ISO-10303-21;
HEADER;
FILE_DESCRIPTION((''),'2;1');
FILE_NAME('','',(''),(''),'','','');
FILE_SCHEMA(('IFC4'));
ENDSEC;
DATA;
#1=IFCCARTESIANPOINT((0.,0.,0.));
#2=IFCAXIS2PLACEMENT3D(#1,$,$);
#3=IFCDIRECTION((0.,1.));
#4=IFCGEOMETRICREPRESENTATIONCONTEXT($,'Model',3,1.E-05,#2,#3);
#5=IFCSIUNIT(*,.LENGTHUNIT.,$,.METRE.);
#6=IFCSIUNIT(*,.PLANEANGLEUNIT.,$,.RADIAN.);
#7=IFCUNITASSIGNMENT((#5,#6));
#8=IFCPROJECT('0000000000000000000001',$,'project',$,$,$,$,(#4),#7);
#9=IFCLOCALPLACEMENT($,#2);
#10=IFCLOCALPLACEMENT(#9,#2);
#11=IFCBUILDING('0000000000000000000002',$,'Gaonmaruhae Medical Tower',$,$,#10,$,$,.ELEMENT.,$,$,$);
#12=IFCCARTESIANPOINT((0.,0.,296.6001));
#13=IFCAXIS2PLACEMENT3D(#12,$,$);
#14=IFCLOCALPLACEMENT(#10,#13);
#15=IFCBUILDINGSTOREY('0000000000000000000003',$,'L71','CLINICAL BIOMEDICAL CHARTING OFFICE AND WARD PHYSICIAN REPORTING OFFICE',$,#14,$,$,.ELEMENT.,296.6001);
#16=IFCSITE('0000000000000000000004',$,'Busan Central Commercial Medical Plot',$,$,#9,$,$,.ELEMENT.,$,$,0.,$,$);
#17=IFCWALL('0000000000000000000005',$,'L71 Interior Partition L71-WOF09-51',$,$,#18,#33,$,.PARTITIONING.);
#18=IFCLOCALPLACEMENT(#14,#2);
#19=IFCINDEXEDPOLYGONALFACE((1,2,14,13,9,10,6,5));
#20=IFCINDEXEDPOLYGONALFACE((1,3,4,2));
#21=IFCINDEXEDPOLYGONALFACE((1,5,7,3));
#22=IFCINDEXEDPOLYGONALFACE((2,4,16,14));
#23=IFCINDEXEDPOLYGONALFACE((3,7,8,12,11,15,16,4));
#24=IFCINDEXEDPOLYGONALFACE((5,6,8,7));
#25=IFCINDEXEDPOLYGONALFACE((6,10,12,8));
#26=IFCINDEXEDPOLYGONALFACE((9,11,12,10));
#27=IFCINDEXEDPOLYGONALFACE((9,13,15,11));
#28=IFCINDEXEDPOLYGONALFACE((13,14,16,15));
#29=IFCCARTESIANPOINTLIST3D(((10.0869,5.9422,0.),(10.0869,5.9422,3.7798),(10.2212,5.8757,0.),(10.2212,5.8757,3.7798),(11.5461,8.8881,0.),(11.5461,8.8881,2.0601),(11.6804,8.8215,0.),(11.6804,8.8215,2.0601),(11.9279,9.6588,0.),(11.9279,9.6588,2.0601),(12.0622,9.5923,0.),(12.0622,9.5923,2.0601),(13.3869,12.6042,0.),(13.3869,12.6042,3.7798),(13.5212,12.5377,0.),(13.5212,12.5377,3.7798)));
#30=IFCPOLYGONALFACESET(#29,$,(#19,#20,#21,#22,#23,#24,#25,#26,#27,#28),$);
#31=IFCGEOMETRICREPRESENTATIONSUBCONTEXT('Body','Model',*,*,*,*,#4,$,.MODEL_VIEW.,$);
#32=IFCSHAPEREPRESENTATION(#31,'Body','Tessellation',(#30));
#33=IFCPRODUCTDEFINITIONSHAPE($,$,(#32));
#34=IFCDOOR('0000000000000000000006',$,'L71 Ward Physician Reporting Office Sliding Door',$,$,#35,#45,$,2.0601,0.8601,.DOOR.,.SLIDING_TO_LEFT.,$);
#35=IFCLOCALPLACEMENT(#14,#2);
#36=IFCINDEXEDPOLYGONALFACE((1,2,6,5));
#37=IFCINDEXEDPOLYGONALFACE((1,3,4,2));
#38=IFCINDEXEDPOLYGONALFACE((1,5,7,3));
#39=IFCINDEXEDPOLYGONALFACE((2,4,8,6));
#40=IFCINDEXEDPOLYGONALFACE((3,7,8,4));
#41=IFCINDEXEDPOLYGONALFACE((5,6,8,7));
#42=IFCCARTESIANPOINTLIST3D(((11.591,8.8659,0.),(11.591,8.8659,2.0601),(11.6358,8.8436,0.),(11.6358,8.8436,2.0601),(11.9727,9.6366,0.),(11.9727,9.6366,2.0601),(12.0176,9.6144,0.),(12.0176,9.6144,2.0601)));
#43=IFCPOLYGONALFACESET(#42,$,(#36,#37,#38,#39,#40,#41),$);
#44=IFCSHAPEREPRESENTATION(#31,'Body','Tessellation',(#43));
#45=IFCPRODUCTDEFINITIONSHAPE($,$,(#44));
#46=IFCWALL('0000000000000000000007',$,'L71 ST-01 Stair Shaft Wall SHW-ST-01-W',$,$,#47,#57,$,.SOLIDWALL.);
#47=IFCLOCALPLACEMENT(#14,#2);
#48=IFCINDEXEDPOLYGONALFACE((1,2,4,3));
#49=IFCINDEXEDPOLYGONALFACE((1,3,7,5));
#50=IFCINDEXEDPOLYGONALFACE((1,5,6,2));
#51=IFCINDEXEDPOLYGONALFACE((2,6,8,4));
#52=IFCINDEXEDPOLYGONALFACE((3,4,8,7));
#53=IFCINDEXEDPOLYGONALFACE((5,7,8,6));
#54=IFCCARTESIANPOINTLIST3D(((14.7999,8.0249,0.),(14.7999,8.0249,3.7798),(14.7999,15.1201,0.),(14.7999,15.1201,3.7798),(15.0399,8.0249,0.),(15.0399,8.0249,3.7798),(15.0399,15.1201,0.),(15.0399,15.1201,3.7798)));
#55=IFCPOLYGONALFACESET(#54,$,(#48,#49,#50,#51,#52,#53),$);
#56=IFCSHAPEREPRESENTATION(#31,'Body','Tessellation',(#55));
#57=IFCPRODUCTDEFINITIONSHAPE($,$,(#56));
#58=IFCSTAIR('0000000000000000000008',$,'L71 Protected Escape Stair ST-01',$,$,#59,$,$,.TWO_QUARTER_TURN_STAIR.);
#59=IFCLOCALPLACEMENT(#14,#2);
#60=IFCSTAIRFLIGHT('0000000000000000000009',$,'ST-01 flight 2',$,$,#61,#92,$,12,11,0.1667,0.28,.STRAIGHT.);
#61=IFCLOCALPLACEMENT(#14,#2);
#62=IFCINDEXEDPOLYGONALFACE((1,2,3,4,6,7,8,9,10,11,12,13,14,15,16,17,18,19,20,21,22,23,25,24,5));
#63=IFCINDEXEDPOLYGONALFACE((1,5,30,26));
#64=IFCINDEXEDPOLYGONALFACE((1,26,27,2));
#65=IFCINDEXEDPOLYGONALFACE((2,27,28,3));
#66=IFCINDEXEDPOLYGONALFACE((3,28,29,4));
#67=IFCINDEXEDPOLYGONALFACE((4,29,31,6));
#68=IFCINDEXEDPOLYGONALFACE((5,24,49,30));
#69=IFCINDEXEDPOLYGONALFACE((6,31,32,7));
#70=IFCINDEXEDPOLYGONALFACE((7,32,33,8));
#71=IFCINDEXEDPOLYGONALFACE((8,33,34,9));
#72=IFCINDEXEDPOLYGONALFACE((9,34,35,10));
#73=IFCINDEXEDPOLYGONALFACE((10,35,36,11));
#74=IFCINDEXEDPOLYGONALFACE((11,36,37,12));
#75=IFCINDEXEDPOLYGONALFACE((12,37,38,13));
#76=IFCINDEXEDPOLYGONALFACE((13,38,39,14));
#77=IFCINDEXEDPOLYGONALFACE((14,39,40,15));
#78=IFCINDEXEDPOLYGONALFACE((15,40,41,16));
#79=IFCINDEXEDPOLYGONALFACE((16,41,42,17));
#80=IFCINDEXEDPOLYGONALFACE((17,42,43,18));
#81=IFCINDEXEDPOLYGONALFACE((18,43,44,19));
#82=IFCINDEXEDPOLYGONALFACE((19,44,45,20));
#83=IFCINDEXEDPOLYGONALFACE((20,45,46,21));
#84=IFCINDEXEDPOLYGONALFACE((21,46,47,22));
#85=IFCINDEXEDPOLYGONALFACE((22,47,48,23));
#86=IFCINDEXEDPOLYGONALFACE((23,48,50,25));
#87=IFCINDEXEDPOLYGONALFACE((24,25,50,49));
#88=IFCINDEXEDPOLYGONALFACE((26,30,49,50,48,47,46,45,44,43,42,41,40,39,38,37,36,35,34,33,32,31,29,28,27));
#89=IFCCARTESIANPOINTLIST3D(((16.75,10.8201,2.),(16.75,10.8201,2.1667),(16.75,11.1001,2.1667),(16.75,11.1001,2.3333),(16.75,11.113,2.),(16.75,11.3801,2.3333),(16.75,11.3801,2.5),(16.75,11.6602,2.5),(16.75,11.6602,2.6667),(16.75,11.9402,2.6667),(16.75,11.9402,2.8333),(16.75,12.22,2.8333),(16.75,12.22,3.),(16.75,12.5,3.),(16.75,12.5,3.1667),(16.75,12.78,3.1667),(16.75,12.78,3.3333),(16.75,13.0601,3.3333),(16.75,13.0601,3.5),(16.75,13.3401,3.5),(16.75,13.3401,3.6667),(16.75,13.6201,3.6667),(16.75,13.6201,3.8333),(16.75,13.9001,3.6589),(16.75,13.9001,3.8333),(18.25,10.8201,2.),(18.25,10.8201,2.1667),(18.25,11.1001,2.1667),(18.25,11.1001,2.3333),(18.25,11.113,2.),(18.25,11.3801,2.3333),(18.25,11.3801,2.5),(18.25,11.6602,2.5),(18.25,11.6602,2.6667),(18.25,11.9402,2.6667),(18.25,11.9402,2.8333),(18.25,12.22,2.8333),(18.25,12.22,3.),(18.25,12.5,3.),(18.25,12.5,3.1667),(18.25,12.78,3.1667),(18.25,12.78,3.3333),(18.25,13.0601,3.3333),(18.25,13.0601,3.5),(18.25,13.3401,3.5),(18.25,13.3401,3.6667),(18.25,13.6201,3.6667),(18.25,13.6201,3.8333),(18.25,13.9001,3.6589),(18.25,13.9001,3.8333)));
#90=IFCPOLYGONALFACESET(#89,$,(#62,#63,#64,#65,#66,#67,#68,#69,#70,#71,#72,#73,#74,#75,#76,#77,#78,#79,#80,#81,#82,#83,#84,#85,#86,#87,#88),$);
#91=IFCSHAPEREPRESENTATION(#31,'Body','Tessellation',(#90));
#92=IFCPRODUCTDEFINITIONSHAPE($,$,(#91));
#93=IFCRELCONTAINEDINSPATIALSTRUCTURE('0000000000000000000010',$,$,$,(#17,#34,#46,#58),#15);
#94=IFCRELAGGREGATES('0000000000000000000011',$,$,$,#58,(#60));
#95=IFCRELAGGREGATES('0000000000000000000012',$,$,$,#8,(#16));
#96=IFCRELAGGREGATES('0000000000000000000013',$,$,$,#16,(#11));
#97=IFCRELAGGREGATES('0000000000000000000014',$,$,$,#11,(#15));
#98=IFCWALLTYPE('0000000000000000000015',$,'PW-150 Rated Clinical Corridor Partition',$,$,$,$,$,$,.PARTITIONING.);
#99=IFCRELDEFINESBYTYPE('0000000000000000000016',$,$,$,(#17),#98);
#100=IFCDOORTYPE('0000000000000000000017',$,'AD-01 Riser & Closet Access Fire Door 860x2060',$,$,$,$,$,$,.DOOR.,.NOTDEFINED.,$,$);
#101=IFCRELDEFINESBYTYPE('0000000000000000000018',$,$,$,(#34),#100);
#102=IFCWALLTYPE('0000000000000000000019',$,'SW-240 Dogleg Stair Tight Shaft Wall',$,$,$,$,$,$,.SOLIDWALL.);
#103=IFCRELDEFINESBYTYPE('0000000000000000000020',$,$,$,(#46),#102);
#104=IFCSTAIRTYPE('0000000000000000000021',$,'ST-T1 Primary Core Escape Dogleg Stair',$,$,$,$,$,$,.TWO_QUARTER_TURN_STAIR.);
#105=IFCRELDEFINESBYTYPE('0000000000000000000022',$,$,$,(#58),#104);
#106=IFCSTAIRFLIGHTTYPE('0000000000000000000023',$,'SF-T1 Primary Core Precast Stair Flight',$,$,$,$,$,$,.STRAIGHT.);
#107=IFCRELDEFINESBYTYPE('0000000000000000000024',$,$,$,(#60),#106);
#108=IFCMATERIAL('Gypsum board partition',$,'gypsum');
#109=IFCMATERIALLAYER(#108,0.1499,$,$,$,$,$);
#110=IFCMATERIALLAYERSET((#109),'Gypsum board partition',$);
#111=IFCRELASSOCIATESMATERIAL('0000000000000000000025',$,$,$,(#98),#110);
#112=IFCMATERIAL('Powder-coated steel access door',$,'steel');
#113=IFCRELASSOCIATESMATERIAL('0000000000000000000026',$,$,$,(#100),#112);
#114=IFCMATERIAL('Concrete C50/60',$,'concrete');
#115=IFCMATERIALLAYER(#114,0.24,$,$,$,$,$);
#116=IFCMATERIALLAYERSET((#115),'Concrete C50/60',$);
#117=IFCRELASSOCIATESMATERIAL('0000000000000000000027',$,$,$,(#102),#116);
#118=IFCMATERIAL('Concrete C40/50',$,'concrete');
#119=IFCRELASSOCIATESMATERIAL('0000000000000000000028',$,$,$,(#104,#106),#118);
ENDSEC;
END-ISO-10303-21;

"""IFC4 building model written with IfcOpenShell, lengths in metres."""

from ifc_helpers import new_model, si_unit, direction, frame, frame_2d, origin, place, context, subcontext, project, spatial, polyline, rectangle, outline, extrude, material, layer, layer_set, type_object, element, fill, aggregate, save


model = new_model("IFC4")

# Units and contexts
model_context = context("Model", 3, precision=1e-05, world=origin(), true_north=direction((0.0, 1.0)))
body_context = subcontext(model_context, "Body", "Model", "MODEL_VIEW")
ifc_project = project(units=[si_unit("LENGTHUNIT", "METRE"), si_unit("PLANEANGLEUNIT", "RADIAN")], contexts=[model_context])

# Site, building, storey
site_placement = place(None, origin())
site = spatial("IfcSite", under=ifc_project, at=site_placement, Name="Busan Central Commercial Medical Plot", CompositionType="ELEMENT", RefElevation=0.0)
building_placement = place(site_placement, origin())
building = spatial("IfcBuilding", under=site, at=building_placement, Name="Gaonmaruhae Medical Tower", CompositionType="ELEMENT")
storey_placement = place(building_placement, frame((0.0, 0.0, 296.6001)))
storey = spatial("IfcBuildingStorey", under=building, at=storey_placement, Name="L71", Description="CLINICAL BIOMEDICAL CHARTING OFFICE AND WARD PHYSICIAN REPORTING OFFICE", CompositionType="ELEMENT", Elevation=296.6001)

# Shared definitions
ifc_material_1 = material(Name="Concrete C50/60", Category="concrete")

# Shared definitions
ifc_material_2 = material(Name="Gypsum board partition", Category="gypsum")
ifc_layer_1 = layer(ifc_material_2, 0.1499)
ifc_layer_set_1 = layer_set([ifc_layer_1], Name="Gypsum board partition")
wall_type_1 = type_object("IfcWallType", Name="PW-150 Rated Clinical Corridor Partition", PredefinedType="PARTITIONING", material=ifc_layer_set_1)
ifc_material_3 = material(Name="Powder-coated steel access door", Category="steel")
door_type = type_object("IfcDoorType", Name="AD-01 Riser & Closet Access Fire Door 860x2060", OperationType="NOTDEFINED", PredefinedType="DOOR", material=ifc_material_3)

# Wall, opening, door
wall_1_placement = place(storey_placement, frame((10.1541, 5.9089, 0.0), z_axis=(0.0, 0.0, 1.0), x_axis=(0.443874, 0.896089, 0.0)))
wall_1 = element("IfcWall", 1, at=wall_1_placement, inside=storey, type_object=wall_type_1, Name="L71 Interior Partition L71-WOF09-51", PredefinedType="PARTITIONING", context=body_context, shape_type="SweptSolid", body=[
    extrude(rectangle(XDim=7.4346, YDim=0.1499, at=frame_2d((3.7173, 0.0))), origin(), (0.0, 0.0, 1.0), 3.7798),
])
opening_1_placement = place(wall_1_placement, frame((3.2874, 0.0, 0.0)))
opening_1 = element("IfcOpeningElement", 2, at=opening_1_placement, cuts=wall_1, PredefinedType="OPENING", context=body_context, shape_type="SweptSolid", body=[
    extrude(rectangle(XDim=0.8601, YDim=2.0601, at=frame_2d((0.4302, 1.03))), frame((0.0, 0.085, 0.0), z_axis=(0.0, -1.0, 0.0), x_axis=(1.0, 0.0, 0.0)), (0.0, 0.0, 1.0), 0.1699),
])
door_1_placement = place(opening_1_placement, origin())
door_1 = element("IfcDoor", 3, at=door_1_placement, inside=storey, type_object=door_type, Name="L71 Ward Physician Reporting Office Sliding Door", OperationType="SLIDING_TO_LEFT", OverallHeight=2.0601, OverallWidth=0.8601, PredefinedType="DOOR", context=body_context, shape_type="SweptSolid", body=[
    extrude(rectangle(XDim=0.8601, YDim=2.0601, at=frame_2d((0.4302, 1.03))), frame((0.0, 0.0249, 0.0), z_axis=(0.0, -1.0, 0.0), x_axis=(1.0, 0.0, 0.0)), (0.0, 0.0, 1.0), 0.05),
])
fill(opening_1, door_1)

# Wall
ifc_layer_2 = layer(ifc_material_1, 0.24)
ifc_layer_set_2 = layer_set([ifc_layer_2], Name="Concrete C50/60")
wall_type_2 = type_object("IfcWallType", Name="SW-240 Dogleg Stair Tight Shaft Wall", PredefinedType="SOLIDWALL", material=ifc_layer_set_2)
wall_2_placement = place(storey_placement, frame((14.9199, 8.0249, 0.0), z_axis=(0.0, 0.0, 1.0), x_axis=(0.0, 1.0, 0.0)))
element("IfcWall", 4, at=wall_2_placement, inside=storey, type_object=wall_type_2, Name="L71 ST-01 Stair Shaft Wall SHW-ST-01-W", PredefinedType="SOLIDWALL", context=body_context, shape_type="SweptSolid", body=[
    extrude(rectangle(XDim=7.0952, YDim=0.24, at=frame_2d((3.5476, 0.0))), origin(), (0.0, 0.0, 1.0), 3.7798),
])

# Stair, stair flight
ifc_material_4 = material(Name="Concrete C40/50", Category="concrete")
stair_type = type_object("IfcStairType", Name="ST-T1 Primary Core Escape Dogleg Stair", PredefinedType="TWO_QUARTER_TURN_STAIR", material=ifc_material_4)
stair_placement = place(storey_placement, origin())
stair = element("IfcStair", 5, at=stair_placement, inside=storey, type_object=stair_type, Name="L71 Protected Escape Stair ST-01", PredefinedType="TWO_QUARTER_TURN_STAIR")
stair_flight_type = type_object("IfcStairFlightType", Name="SF-T1 Primary Core Precast Stair Flight", PredefinedType="STRAIGHT", material=ifc_material_4)
stair_flight_placement = place(storey_placement, frame((17.5, 10.8201, 2.0), z_axis=(0.0, 0.0, 1.0), x_axis=(0.0, 1.0, 0.0)))
stair_flight = element("IfcStairFlight", 6, at=stair_flight_placement, type_object=stair_flight_type, Name="ST-01 flight 2", NumberOfRisers=12, NumberOfTreads=11, PredefinedType="STRAIGHT", RiserHeight=0.1667, TreadLength=0.28, context=body_context, shape_type="SweptSolid", body=[
    extrude(outline(polyline([(0.0, 0.0), (0.0, 0.1667), (0.28, 0.1667), (0.28, 0.3333), (0.5601, 0.3333), (0.5601, 0.5), (0.8401, 0.5), (0.8401, 0.6667), (1.1201, 0.6667), (1.1201, 0.8333), (1.3999, 0.8333), (1.3999, 1.0), (1.6799, 1.0), (1.6799, 1.1667), (1.96, 1.1667), (1.96, 1.3333), (2.24, 1.3333), (2.24, 1.5), (2.52, 1.5), (2.52, 1.6667), (2.8, 1.6667), (2.8, 1.8333), (3.0801, 1.8333), (3.0801, 2.0), (3.0801, 1.6589), (0.293, 0.0), (0.0, 0.0)])), frame((0.0, 0.75, 0.0), z_axis=(0.0, -1.0, 0.0), x_axis=(1.0, 0.0, 0.0)), (0.0, 0.0, 1.0), 1.5),
])
aggregate(stair, [stair_flight])

save(model, "model.ifc")
